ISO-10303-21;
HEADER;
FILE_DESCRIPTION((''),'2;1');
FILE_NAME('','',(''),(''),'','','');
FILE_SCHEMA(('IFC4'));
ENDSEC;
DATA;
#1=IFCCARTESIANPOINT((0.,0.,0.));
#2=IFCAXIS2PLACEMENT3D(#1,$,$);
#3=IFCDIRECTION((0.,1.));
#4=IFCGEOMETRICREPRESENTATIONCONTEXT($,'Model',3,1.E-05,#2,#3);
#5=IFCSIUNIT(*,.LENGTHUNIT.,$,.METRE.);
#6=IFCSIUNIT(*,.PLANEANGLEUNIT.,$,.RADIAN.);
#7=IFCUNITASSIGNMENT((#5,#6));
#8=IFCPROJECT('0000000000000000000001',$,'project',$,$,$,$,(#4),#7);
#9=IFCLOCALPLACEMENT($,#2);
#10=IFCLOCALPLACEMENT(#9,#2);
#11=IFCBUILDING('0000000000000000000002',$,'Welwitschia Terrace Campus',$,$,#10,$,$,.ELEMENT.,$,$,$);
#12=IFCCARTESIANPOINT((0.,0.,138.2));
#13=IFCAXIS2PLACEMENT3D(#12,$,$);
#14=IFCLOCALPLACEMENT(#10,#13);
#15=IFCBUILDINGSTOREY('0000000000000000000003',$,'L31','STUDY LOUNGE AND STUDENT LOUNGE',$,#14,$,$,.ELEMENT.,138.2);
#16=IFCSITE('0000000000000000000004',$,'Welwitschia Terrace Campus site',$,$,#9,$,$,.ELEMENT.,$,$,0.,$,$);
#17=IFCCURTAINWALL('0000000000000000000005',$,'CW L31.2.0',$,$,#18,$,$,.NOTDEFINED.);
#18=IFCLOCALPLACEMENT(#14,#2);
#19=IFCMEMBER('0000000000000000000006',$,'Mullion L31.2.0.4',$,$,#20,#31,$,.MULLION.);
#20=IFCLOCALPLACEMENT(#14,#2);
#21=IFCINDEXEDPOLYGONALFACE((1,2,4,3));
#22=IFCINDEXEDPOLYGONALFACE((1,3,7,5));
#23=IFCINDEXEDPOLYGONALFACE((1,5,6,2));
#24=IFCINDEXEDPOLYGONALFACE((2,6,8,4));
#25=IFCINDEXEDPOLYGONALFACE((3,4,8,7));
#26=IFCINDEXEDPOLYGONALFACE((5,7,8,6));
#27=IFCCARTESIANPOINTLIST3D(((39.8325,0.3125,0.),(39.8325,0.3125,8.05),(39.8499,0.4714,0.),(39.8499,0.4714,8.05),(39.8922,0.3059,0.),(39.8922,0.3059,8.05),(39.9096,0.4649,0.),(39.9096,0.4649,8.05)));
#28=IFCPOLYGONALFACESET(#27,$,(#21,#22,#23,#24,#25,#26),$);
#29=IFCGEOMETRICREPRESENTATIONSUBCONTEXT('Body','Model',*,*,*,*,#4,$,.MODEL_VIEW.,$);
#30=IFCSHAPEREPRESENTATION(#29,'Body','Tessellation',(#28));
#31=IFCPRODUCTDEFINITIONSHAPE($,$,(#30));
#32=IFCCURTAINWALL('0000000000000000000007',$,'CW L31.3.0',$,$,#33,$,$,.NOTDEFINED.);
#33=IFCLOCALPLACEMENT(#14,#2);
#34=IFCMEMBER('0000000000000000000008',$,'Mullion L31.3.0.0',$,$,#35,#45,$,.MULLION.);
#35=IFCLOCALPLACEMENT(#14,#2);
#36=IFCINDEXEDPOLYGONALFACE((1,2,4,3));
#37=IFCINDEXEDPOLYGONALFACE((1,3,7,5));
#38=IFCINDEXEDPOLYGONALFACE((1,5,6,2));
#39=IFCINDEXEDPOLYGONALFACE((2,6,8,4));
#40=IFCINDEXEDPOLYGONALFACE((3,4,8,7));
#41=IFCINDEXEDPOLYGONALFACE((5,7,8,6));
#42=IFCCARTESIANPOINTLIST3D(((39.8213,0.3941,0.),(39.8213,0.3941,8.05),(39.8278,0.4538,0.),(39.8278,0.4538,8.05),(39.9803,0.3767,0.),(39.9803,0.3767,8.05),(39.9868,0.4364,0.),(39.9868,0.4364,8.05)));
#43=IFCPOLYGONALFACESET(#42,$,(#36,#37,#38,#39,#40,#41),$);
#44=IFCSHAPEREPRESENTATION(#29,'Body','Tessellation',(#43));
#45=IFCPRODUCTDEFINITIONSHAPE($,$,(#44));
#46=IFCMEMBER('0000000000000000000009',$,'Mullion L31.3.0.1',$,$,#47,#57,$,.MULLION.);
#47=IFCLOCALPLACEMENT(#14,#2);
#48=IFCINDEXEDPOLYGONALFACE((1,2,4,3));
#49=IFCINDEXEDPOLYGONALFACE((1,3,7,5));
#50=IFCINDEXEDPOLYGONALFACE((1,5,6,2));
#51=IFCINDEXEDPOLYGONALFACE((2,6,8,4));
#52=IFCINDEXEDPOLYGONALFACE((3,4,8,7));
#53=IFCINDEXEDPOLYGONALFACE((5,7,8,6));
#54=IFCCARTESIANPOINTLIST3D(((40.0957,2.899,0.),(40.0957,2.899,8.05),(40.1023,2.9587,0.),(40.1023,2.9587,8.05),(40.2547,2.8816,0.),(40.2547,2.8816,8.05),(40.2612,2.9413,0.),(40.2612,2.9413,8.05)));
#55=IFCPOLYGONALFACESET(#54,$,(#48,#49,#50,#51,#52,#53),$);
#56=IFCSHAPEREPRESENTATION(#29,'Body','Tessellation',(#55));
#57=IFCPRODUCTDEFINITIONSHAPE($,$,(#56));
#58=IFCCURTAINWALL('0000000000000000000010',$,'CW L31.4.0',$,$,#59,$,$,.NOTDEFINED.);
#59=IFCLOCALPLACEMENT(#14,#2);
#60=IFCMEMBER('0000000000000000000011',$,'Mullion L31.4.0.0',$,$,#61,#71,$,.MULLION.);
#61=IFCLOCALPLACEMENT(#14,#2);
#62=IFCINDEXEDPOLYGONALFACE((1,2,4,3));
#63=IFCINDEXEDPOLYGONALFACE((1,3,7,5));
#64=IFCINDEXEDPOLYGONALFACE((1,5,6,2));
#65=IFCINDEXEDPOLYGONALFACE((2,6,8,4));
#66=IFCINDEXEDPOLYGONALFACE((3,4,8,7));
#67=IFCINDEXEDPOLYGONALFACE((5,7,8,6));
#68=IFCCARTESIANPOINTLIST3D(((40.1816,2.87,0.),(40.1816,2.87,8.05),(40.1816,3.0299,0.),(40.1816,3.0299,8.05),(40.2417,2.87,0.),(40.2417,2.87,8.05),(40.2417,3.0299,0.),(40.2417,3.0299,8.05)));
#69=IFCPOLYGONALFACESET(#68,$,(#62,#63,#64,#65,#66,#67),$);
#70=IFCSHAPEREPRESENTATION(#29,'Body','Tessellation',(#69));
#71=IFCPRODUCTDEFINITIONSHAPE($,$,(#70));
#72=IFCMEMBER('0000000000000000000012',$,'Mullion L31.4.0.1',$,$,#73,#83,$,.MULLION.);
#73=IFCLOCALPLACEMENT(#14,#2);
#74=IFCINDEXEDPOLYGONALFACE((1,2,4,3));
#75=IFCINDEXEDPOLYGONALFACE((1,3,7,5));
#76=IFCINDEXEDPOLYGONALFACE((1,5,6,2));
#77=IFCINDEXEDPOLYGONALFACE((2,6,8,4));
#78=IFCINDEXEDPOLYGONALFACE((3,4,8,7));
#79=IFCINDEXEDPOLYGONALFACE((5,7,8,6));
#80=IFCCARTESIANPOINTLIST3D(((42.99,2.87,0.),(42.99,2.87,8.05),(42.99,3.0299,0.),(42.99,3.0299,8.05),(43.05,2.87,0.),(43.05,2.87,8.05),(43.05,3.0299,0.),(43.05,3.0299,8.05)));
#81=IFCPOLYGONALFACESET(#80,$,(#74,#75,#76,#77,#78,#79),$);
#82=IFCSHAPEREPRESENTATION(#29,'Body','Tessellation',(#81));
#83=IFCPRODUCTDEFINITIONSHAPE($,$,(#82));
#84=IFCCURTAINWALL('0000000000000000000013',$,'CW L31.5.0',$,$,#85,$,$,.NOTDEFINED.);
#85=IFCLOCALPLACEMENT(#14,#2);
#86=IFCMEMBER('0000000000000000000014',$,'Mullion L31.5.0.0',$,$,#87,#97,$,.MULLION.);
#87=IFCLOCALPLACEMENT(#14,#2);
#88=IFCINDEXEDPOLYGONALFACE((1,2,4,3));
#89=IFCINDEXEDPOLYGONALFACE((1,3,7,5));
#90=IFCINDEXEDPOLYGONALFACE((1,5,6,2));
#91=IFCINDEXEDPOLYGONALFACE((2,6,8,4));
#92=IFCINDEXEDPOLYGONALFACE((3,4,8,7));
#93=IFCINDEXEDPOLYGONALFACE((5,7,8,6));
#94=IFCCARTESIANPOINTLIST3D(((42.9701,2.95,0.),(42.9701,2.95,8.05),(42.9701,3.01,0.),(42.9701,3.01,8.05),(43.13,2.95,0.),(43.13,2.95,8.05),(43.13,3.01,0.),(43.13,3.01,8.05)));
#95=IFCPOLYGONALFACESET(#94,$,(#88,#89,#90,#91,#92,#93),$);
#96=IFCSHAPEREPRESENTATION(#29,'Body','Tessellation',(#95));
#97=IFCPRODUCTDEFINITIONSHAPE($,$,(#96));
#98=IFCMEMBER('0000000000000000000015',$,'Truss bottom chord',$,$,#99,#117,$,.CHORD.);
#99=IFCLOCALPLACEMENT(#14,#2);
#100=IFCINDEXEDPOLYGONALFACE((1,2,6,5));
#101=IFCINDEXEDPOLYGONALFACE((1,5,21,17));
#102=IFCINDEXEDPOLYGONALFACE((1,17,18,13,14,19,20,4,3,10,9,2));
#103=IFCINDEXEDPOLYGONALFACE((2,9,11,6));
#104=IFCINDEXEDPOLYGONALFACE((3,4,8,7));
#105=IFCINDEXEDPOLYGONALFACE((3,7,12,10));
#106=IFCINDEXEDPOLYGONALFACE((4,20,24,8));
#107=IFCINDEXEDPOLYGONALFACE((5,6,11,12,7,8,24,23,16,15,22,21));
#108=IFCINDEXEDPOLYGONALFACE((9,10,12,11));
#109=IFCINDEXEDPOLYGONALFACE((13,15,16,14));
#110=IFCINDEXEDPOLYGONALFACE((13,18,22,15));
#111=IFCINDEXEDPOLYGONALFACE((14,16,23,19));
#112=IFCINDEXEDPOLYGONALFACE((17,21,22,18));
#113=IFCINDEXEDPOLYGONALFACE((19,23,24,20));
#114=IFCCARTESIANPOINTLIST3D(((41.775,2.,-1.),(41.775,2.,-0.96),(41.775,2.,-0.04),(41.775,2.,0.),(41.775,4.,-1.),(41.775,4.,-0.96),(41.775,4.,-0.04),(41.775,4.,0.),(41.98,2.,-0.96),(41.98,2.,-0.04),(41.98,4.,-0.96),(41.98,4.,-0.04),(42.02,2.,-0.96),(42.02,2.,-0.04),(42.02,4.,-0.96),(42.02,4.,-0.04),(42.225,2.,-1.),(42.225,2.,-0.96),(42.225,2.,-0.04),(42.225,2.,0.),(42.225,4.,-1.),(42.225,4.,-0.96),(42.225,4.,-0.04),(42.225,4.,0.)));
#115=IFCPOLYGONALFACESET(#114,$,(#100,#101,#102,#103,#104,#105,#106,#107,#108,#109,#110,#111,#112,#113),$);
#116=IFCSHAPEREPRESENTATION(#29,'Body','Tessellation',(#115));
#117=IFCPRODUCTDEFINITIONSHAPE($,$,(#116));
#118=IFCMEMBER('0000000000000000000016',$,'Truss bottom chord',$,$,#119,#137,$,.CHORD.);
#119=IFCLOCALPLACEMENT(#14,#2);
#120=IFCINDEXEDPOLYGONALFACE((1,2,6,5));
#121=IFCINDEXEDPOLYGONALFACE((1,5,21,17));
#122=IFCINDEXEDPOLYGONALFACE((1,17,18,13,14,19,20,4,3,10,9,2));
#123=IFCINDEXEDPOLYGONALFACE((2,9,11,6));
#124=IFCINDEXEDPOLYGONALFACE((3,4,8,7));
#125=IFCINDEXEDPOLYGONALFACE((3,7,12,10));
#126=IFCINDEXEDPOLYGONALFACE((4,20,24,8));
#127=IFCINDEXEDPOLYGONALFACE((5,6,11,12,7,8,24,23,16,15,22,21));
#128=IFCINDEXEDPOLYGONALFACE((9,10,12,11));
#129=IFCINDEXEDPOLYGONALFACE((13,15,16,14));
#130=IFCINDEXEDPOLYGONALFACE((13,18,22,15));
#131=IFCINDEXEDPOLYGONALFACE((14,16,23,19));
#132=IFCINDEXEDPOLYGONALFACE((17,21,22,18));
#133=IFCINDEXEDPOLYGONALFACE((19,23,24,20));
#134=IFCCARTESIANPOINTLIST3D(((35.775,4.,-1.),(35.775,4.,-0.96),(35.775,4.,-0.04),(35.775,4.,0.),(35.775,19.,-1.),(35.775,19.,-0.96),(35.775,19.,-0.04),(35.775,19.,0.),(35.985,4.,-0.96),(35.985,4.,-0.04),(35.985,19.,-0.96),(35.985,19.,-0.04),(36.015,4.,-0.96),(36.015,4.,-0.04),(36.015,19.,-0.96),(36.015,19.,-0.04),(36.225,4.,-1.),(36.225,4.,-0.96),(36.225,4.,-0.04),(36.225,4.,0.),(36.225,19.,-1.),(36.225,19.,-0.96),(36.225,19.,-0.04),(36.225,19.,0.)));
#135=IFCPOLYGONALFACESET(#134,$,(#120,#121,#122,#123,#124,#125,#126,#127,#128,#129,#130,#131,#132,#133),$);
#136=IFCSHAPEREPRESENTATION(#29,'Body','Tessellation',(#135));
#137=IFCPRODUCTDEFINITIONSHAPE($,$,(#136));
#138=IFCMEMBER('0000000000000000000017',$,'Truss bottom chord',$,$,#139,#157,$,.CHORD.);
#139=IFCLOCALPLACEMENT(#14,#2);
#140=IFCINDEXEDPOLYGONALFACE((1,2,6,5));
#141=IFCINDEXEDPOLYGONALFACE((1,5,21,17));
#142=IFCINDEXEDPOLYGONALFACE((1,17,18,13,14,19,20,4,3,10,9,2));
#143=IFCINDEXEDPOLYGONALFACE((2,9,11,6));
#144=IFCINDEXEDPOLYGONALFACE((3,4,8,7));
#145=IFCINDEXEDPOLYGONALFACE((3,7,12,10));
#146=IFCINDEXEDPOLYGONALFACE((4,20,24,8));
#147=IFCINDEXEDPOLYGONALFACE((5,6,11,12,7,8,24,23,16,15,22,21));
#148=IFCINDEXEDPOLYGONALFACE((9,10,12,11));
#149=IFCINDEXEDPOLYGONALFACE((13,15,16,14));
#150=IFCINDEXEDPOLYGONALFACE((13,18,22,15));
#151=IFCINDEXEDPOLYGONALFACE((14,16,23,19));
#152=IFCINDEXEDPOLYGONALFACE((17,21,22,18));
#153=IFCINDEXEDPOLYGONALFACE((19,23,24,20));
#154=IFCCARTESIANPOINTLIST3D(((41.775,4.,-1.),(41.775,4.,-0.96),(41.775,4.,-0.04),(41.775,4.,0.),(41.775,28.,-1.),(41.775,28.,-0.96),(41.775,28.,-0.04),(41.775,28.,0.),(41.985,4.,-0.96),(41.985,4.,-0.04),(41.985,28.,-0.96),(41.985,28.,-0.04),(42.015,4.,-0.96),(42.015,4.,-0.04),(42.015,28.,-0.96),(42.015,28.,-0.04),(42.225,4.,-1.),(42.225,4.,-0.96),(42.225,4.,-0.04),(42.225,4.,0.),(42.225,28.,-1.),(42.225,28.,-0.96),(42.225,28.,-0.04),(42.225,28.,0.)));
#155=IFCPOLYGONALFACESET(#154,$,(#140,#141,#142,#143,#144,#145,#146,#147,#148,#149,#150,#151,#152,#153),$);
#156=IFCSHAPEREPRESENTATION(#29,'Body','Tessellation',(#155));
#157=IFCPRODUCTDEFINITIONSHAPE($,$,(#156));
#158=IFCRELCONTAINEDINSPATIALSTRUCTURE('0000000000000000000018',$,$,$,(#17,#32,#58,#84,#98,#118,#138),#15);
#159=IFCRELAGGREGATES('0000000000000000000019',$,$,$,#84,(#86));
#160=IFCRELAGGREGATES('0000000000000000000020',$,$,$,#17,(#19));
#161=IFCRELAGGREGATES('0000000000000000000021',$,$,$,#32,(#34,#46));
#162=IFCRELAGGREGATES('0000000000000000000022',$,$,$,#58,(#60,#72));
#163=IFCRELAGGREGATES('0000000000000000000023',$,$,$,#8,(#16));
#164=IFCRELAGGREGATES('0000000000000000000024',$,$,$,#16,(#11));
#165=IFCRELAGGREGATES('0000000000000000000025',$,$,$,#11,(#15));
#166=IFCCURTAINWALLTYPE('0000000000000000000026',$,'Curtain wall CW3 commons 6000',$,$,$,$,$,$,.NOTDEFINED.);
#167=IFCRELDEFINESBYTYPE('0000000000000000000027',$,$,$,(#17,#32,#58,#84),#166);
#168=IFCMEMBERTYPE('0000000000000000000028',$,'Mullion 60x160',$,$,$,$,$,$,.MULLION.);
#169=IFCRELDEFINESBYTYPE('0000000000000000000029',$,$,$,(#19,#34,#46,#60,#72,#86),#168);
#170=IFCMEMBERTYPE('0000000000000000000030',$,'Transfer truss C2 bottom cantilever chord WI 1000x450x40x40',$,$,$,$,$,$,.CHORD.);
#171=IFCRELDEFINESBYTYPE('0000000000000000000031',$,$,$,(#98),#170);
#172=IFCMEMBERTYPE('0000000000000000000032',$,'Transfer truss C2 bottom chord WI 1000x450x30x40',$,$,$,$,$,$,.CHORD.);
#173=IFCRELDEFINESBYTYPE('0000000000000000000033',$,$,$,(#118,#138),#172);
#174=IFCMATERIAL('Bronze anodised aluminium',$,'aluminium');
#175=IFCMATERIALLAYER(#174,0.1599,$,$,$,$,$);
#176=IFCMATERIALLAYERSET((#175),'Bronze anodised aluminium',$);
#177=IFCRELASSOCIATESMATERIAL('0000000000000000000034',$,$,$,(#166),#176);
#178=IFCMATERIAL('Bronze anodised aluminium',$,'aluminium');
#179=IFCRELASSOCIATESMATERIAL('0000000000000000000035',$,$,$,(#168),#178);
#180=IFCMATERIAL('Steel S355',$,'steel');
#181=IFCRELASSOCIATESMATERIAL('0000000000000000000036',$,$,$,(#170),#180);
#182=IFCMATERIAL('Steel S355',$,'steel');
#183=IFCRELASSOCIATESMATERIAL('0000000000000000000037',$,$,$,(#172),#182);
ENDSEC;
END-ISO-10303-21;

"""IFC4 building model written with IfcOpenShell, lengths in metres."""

from ifc_helpers import new_model, si_unit, direction, frame, origin, origin_2d, place, context, subcontext, project, spatial, rectangle, i_section, extrude, material, layer, layer_set, material_profile, profile_set, type_object, element, aggregate, save


model = new_model("IFC4")

# Units and contexts
model_context = context("Model", 3, precision=1e-05, world=origin(), true_north=direction((0.0, 1.0)))
body_context = subcontext(model_context, "Body", "Model", "MODEL_VIEW")
ifc_project = project(units=[si_unit("LENGTHUNIT", "METRE"), si_unit("PLANEANGLEUNIT", "RADIAN")], contexts=[model_context])

# Site, building, storey
site_placement = place(None, origin())
site = spatial("IfcSite", under=ifc_project, at=site_placement, Name="Welwitschia Terrace Campus site", CompositionType="ELEMENT", RefElevation=0.0)
building_placement = place(site_placement, origin())
building = spatial("IfcBuilding", under=site, at=building_placement, Name="Welwitschia Terrace Campus", CompositionType="ELEMENT")
storey_placement = place(building_placement, frame((0.0, 0.0, 138.2)))
storey = spatial("IfcBuildingStorey", under=building, at=storey_placement, Name="L31", Description="STUDY LOUNGE AND STUDENT LOUNGE", CompositionType="ELEMENT", Elevation=138.2)

# Curtain wall, member
ifc_material_1 = material(Name="Bronze anodised aluminium", Category="aluminium")
ifc_layer_1 = layer(ifc_material_1, 0.1599)
ifc_layer_set_1 = layer_set([ifc_layer_1], Name="Bronze anodised aluminium")
curtain_wall_type = type_object("IfcCurtainWallType", Name="Curtain wall CW3 commons 6000", PredefinedType="NOTDEFINED", material=ifc_layer_set_1)
curtain_wall_1_placement = place(storey_placement, origin())
curtain_wall_1 = element("IfcCurtainWall", 1, at=curtain_wall_1_placement, inside=storey, type_object=curtain_wall_type, Name="CW L31.2.0", PredefinedType="NOTDEFINED")
ifc_material_2 = material(Name="Bronze anodised aluminium", Category="aluminium")
ifc_material_profile_1 = material_profile(ifc_material_2, rectangle(XDim=0.1599, YDim=0.0601, at=origin_2d()))
ifc_profile_set_1 = profile_set([ifc_material_profile_1], Name="Bronze anodised aluminium")
member_type_1 = type_object("IfcMemberType", Name="Mullion 60x160", PredefinedType="MULLION", material=ifc_profile_set_1)
member_1_placement = place(storey_placement, frame((39.8711, 0.3887, 0.0), z_axis=(0.0, 0.0, 1.0), x_axis=(0.108867, 0.994056, 0.0)))
member_1 = element("IfcMember", 2, at=member_1_placement, type_object=member_type_1, Name="Mullion L31.2.0.4", PredefinedType="MULLION", context=body_context, shape_type="SweptSolid", body=[
    extrude(rectangle(XDim=0.1599, YDim=0.0601, at=origin_2d()), origin(), (0.0, 0.0, 1.0), 8.05),
])

# Curtain walls, members
curtain_wall_2_placement = place(storey_placement, origin())
curtain_wall_2 = element("IfcCurtainWall", 3, at=curtain_wall_2_placement, inside=storey, type_object=curtain_wall_type, Name="CW L31.3.0", PredefinedType="NOTDEFINED")
member_2_placement = place(storey_placement, frame((39.9041, 0.4153, 0.0), z_axis=(0.0, 0.0, 1.0), x_axis=(-0.994056, 0.108867, 0.0)))
member_2 = element("IfcMember", 4, at=member_2_placement, type_object=member_type_1, Name="Mullion L31.3.0.0", PredefinedType="MULLION", context=body_context, shape_type="SweptSolid", body=[
    extrude(rectangle(XDim=0.1599, YDim=0.0601, at=origin_2d()), origin(), (0.0, 0.0, 1.0), 8.05),
])
member_3_placement = place(storey_placement, frame((40.1785, 2.9202, 0.0), z_axis=(0.0, 0.0, 1.0), x_axis=(-0.994056, 0.108867, 0.0)))
member_3 = element("IfcMember", 5, at=member_3_placement, type_object=member_type_1, Name="Mullion L31.3.0.1", PredefinedType="MULLION", context=body_context, shape_type="SweptSolid", body=[
    extrude(rectangle(XDim=0.1599, YDim=0.0601, at=origin_2d()), origin(), (0.0, 0.0, 1.0), 8.05),
])
curtain_wall_3_placement = place(storey_placement, origin())
curtain_wall_3 = element("IfcCurtainWall", 6, at=curtain_wall_3_placement, inside=storey, type_object=curtain_wall_type, Name="CW L31.4.0", PredefinedType="NOTDEFINED")
member_4_placement = place(storey_placement, frame((40.2117, 2.95, 0.0), z_axis=(0.0, 0.0, 1.0), x_axis=(0.0, 1.0, 0.0)))
member_4 = element("IfcMember", 7, at=member_4_placement, type_object=member_type_1, Name="Mullion L31.4.0.0", PredefinedType="MULLION", context=body_context, shape_type="SweptSolid", body=[
    extrude(rectangle(XDim=0.1599, YDim=0.0601, at=origin_2d()), origin(), (0.0, 0.0, 1.0), 8.05),
])
member_5_placement = place(storey_placement, frame((43.02, 2.95, 0.0), z_axis=(0.0, 0.0, 1.0), x_axis=(0.0, 1.0, 0.0)))
member_5 = element("IfcMember", 8, at=member_5_placement, type_object=member_type_1, Name="Mullion L31.4.0.1", PredefinedType="MULLION", context=body_context, shape_type="SweptSolid", body=[
    extrude(rectangle(XDim=0.1599, YDim=0.0601, at=origin_2d()), origin(), (0.0, 0.0, 1.0), 8.05),
])

# Curtain wall, member
curtain_wall_4_placement = place(storey_placement, origin())
curtain_wall_4 = element("IfcCurtainWall", 9, at=curtain_wall_4_placement, inside=storey, type_object=curtain_wall_type, Name="CW L31.5.0", PredefinedType="NOTDEFINED")
member_6_placement = place(storey_placement, frame((43.05, 2.98, 0.0), z_axis=(0.0, 0.0, 1.0), x_axis=(-1.0, 0.0, 0.0)))
member_6 = element("IfcMember", 10, at=member_6_placement, type_object=member_type_1, Name="Mullion L31.5.0.0", PredefinedType="MULLION", context=body_context, shape_type="SweptSolid", body=[
    extrude(rectangle(XDim=0.1599, YDim=0.0601, at=origin_2d()), origin(), (0.0, 0.0, 1.0), 8.05),
])

# Members
ifc_material_3 = material(Name="Steel S355", Category="steel")
ifc_material_profile_2 = material_profile(ifc_material_3, i_section(OverallWidth=0.45, OverallDepth=1.0, WebThickness=0.04, FlangeThickness=0.04, at=origin_2d()))
ifc_profile_set_2 = profile_set([ifc_material_profile_2], Name="Steel S355")
member_type_2 = type_object("IfcMemberType", Name="Transfer truss C2 bottom cantilever chord WI 1000x450x40x40", PredefinedType="CHORD", material=ifc_profile_set_2)
member_7_placement = place(storey_placement, frame((42.0, 2.0, -0.5), z_axis=(0.0, 1.0, 0.0), x_axis=(-1.0, 0.0, 0.0)))
element("IfcMember", 11, at=member_7_placement, inside=storey, type_object=member_type_2, Name="Truss bottom chord", PredefinedType="CHORD", context=body_context, shape_type="SweptSolid", body=[
    extrude(i_section(OverallWidth=0.45, OverallDepth=1.0, WebThickness=0.04, FlangeThickness=0.04, at=origin_2d()), origin(), (0.0, 0.0, 1.0), 2.0),
])
ifc_material_4 = material(Name="Steel S355", Category="steel")
ifc_material_profile_3 = material_profile(ifc_material_4, i_section(OverallWidth=0.45, OverallDepth=1.0, WebThickness=0.03, FlangeThickness=0.04, at=origin_2d()))
ifc_profile_set_3 = profile_set([ifc_material_profile_3], Name="Steel S355")
member_type_3 = type_object("IfcMemberType", Name="Transfer truss C2 bottom chord WI 1000x450x30x40", PredefinedType="CHORD", material=ifc_profile_set_3)
member_8_placement = place(storey_placement, frame((36.0, 4.0, -0.5), z_axis=(0.0, 1.0, 0.0), x_axis=(-1.0, 0.0, 0.0)))
element("IfcMember", 12, at=member_8_placement, inside=storey, type_object=member_type_3, Name="Truss bottom chord", PredefinedType="CHORD", context=body_context, shape_type="SweptSolid", body=[
    extrude(i_section(OverallWidth=0.45, OverallDepth=1.0, WebThickness=0.03, FlangeThickness=0.04, at=origin_2d()), origin(), (0.0, 0.0, 1.0), 15.0),
])
member_9_placement = place(storey_placement, frame((42.0, 4.0, -0.5), z_axis=(0.0, 1.0, 0.0), x_axis=(-1.0, 0.0, 0.0)))
element("IfcMember", 13, at=member_9_placement, inside=storey, type_object=member_type_3, Name="Truss bottom chord", PredefinedType="CHORD", context=body_context, shape_type="SweptSolid", body=[
    extrude(i_section(OverallWidth=0.45, OverallDepth=1.0, WebThickness=0.03, FlangeThickness=0.04, at=origin_2d()), origin(), (0.0, 0.0, 1.0), 24.0),
])

aggregate(curtain_wall_4, [member_6])

aggregate(curtain_wall_1, [member_1])
aggregate(curtain_wall_2, [member_2, member_3])
aggregate(curtain_wall_3, [member_4, member_5])

save(model, "model.ifc")
